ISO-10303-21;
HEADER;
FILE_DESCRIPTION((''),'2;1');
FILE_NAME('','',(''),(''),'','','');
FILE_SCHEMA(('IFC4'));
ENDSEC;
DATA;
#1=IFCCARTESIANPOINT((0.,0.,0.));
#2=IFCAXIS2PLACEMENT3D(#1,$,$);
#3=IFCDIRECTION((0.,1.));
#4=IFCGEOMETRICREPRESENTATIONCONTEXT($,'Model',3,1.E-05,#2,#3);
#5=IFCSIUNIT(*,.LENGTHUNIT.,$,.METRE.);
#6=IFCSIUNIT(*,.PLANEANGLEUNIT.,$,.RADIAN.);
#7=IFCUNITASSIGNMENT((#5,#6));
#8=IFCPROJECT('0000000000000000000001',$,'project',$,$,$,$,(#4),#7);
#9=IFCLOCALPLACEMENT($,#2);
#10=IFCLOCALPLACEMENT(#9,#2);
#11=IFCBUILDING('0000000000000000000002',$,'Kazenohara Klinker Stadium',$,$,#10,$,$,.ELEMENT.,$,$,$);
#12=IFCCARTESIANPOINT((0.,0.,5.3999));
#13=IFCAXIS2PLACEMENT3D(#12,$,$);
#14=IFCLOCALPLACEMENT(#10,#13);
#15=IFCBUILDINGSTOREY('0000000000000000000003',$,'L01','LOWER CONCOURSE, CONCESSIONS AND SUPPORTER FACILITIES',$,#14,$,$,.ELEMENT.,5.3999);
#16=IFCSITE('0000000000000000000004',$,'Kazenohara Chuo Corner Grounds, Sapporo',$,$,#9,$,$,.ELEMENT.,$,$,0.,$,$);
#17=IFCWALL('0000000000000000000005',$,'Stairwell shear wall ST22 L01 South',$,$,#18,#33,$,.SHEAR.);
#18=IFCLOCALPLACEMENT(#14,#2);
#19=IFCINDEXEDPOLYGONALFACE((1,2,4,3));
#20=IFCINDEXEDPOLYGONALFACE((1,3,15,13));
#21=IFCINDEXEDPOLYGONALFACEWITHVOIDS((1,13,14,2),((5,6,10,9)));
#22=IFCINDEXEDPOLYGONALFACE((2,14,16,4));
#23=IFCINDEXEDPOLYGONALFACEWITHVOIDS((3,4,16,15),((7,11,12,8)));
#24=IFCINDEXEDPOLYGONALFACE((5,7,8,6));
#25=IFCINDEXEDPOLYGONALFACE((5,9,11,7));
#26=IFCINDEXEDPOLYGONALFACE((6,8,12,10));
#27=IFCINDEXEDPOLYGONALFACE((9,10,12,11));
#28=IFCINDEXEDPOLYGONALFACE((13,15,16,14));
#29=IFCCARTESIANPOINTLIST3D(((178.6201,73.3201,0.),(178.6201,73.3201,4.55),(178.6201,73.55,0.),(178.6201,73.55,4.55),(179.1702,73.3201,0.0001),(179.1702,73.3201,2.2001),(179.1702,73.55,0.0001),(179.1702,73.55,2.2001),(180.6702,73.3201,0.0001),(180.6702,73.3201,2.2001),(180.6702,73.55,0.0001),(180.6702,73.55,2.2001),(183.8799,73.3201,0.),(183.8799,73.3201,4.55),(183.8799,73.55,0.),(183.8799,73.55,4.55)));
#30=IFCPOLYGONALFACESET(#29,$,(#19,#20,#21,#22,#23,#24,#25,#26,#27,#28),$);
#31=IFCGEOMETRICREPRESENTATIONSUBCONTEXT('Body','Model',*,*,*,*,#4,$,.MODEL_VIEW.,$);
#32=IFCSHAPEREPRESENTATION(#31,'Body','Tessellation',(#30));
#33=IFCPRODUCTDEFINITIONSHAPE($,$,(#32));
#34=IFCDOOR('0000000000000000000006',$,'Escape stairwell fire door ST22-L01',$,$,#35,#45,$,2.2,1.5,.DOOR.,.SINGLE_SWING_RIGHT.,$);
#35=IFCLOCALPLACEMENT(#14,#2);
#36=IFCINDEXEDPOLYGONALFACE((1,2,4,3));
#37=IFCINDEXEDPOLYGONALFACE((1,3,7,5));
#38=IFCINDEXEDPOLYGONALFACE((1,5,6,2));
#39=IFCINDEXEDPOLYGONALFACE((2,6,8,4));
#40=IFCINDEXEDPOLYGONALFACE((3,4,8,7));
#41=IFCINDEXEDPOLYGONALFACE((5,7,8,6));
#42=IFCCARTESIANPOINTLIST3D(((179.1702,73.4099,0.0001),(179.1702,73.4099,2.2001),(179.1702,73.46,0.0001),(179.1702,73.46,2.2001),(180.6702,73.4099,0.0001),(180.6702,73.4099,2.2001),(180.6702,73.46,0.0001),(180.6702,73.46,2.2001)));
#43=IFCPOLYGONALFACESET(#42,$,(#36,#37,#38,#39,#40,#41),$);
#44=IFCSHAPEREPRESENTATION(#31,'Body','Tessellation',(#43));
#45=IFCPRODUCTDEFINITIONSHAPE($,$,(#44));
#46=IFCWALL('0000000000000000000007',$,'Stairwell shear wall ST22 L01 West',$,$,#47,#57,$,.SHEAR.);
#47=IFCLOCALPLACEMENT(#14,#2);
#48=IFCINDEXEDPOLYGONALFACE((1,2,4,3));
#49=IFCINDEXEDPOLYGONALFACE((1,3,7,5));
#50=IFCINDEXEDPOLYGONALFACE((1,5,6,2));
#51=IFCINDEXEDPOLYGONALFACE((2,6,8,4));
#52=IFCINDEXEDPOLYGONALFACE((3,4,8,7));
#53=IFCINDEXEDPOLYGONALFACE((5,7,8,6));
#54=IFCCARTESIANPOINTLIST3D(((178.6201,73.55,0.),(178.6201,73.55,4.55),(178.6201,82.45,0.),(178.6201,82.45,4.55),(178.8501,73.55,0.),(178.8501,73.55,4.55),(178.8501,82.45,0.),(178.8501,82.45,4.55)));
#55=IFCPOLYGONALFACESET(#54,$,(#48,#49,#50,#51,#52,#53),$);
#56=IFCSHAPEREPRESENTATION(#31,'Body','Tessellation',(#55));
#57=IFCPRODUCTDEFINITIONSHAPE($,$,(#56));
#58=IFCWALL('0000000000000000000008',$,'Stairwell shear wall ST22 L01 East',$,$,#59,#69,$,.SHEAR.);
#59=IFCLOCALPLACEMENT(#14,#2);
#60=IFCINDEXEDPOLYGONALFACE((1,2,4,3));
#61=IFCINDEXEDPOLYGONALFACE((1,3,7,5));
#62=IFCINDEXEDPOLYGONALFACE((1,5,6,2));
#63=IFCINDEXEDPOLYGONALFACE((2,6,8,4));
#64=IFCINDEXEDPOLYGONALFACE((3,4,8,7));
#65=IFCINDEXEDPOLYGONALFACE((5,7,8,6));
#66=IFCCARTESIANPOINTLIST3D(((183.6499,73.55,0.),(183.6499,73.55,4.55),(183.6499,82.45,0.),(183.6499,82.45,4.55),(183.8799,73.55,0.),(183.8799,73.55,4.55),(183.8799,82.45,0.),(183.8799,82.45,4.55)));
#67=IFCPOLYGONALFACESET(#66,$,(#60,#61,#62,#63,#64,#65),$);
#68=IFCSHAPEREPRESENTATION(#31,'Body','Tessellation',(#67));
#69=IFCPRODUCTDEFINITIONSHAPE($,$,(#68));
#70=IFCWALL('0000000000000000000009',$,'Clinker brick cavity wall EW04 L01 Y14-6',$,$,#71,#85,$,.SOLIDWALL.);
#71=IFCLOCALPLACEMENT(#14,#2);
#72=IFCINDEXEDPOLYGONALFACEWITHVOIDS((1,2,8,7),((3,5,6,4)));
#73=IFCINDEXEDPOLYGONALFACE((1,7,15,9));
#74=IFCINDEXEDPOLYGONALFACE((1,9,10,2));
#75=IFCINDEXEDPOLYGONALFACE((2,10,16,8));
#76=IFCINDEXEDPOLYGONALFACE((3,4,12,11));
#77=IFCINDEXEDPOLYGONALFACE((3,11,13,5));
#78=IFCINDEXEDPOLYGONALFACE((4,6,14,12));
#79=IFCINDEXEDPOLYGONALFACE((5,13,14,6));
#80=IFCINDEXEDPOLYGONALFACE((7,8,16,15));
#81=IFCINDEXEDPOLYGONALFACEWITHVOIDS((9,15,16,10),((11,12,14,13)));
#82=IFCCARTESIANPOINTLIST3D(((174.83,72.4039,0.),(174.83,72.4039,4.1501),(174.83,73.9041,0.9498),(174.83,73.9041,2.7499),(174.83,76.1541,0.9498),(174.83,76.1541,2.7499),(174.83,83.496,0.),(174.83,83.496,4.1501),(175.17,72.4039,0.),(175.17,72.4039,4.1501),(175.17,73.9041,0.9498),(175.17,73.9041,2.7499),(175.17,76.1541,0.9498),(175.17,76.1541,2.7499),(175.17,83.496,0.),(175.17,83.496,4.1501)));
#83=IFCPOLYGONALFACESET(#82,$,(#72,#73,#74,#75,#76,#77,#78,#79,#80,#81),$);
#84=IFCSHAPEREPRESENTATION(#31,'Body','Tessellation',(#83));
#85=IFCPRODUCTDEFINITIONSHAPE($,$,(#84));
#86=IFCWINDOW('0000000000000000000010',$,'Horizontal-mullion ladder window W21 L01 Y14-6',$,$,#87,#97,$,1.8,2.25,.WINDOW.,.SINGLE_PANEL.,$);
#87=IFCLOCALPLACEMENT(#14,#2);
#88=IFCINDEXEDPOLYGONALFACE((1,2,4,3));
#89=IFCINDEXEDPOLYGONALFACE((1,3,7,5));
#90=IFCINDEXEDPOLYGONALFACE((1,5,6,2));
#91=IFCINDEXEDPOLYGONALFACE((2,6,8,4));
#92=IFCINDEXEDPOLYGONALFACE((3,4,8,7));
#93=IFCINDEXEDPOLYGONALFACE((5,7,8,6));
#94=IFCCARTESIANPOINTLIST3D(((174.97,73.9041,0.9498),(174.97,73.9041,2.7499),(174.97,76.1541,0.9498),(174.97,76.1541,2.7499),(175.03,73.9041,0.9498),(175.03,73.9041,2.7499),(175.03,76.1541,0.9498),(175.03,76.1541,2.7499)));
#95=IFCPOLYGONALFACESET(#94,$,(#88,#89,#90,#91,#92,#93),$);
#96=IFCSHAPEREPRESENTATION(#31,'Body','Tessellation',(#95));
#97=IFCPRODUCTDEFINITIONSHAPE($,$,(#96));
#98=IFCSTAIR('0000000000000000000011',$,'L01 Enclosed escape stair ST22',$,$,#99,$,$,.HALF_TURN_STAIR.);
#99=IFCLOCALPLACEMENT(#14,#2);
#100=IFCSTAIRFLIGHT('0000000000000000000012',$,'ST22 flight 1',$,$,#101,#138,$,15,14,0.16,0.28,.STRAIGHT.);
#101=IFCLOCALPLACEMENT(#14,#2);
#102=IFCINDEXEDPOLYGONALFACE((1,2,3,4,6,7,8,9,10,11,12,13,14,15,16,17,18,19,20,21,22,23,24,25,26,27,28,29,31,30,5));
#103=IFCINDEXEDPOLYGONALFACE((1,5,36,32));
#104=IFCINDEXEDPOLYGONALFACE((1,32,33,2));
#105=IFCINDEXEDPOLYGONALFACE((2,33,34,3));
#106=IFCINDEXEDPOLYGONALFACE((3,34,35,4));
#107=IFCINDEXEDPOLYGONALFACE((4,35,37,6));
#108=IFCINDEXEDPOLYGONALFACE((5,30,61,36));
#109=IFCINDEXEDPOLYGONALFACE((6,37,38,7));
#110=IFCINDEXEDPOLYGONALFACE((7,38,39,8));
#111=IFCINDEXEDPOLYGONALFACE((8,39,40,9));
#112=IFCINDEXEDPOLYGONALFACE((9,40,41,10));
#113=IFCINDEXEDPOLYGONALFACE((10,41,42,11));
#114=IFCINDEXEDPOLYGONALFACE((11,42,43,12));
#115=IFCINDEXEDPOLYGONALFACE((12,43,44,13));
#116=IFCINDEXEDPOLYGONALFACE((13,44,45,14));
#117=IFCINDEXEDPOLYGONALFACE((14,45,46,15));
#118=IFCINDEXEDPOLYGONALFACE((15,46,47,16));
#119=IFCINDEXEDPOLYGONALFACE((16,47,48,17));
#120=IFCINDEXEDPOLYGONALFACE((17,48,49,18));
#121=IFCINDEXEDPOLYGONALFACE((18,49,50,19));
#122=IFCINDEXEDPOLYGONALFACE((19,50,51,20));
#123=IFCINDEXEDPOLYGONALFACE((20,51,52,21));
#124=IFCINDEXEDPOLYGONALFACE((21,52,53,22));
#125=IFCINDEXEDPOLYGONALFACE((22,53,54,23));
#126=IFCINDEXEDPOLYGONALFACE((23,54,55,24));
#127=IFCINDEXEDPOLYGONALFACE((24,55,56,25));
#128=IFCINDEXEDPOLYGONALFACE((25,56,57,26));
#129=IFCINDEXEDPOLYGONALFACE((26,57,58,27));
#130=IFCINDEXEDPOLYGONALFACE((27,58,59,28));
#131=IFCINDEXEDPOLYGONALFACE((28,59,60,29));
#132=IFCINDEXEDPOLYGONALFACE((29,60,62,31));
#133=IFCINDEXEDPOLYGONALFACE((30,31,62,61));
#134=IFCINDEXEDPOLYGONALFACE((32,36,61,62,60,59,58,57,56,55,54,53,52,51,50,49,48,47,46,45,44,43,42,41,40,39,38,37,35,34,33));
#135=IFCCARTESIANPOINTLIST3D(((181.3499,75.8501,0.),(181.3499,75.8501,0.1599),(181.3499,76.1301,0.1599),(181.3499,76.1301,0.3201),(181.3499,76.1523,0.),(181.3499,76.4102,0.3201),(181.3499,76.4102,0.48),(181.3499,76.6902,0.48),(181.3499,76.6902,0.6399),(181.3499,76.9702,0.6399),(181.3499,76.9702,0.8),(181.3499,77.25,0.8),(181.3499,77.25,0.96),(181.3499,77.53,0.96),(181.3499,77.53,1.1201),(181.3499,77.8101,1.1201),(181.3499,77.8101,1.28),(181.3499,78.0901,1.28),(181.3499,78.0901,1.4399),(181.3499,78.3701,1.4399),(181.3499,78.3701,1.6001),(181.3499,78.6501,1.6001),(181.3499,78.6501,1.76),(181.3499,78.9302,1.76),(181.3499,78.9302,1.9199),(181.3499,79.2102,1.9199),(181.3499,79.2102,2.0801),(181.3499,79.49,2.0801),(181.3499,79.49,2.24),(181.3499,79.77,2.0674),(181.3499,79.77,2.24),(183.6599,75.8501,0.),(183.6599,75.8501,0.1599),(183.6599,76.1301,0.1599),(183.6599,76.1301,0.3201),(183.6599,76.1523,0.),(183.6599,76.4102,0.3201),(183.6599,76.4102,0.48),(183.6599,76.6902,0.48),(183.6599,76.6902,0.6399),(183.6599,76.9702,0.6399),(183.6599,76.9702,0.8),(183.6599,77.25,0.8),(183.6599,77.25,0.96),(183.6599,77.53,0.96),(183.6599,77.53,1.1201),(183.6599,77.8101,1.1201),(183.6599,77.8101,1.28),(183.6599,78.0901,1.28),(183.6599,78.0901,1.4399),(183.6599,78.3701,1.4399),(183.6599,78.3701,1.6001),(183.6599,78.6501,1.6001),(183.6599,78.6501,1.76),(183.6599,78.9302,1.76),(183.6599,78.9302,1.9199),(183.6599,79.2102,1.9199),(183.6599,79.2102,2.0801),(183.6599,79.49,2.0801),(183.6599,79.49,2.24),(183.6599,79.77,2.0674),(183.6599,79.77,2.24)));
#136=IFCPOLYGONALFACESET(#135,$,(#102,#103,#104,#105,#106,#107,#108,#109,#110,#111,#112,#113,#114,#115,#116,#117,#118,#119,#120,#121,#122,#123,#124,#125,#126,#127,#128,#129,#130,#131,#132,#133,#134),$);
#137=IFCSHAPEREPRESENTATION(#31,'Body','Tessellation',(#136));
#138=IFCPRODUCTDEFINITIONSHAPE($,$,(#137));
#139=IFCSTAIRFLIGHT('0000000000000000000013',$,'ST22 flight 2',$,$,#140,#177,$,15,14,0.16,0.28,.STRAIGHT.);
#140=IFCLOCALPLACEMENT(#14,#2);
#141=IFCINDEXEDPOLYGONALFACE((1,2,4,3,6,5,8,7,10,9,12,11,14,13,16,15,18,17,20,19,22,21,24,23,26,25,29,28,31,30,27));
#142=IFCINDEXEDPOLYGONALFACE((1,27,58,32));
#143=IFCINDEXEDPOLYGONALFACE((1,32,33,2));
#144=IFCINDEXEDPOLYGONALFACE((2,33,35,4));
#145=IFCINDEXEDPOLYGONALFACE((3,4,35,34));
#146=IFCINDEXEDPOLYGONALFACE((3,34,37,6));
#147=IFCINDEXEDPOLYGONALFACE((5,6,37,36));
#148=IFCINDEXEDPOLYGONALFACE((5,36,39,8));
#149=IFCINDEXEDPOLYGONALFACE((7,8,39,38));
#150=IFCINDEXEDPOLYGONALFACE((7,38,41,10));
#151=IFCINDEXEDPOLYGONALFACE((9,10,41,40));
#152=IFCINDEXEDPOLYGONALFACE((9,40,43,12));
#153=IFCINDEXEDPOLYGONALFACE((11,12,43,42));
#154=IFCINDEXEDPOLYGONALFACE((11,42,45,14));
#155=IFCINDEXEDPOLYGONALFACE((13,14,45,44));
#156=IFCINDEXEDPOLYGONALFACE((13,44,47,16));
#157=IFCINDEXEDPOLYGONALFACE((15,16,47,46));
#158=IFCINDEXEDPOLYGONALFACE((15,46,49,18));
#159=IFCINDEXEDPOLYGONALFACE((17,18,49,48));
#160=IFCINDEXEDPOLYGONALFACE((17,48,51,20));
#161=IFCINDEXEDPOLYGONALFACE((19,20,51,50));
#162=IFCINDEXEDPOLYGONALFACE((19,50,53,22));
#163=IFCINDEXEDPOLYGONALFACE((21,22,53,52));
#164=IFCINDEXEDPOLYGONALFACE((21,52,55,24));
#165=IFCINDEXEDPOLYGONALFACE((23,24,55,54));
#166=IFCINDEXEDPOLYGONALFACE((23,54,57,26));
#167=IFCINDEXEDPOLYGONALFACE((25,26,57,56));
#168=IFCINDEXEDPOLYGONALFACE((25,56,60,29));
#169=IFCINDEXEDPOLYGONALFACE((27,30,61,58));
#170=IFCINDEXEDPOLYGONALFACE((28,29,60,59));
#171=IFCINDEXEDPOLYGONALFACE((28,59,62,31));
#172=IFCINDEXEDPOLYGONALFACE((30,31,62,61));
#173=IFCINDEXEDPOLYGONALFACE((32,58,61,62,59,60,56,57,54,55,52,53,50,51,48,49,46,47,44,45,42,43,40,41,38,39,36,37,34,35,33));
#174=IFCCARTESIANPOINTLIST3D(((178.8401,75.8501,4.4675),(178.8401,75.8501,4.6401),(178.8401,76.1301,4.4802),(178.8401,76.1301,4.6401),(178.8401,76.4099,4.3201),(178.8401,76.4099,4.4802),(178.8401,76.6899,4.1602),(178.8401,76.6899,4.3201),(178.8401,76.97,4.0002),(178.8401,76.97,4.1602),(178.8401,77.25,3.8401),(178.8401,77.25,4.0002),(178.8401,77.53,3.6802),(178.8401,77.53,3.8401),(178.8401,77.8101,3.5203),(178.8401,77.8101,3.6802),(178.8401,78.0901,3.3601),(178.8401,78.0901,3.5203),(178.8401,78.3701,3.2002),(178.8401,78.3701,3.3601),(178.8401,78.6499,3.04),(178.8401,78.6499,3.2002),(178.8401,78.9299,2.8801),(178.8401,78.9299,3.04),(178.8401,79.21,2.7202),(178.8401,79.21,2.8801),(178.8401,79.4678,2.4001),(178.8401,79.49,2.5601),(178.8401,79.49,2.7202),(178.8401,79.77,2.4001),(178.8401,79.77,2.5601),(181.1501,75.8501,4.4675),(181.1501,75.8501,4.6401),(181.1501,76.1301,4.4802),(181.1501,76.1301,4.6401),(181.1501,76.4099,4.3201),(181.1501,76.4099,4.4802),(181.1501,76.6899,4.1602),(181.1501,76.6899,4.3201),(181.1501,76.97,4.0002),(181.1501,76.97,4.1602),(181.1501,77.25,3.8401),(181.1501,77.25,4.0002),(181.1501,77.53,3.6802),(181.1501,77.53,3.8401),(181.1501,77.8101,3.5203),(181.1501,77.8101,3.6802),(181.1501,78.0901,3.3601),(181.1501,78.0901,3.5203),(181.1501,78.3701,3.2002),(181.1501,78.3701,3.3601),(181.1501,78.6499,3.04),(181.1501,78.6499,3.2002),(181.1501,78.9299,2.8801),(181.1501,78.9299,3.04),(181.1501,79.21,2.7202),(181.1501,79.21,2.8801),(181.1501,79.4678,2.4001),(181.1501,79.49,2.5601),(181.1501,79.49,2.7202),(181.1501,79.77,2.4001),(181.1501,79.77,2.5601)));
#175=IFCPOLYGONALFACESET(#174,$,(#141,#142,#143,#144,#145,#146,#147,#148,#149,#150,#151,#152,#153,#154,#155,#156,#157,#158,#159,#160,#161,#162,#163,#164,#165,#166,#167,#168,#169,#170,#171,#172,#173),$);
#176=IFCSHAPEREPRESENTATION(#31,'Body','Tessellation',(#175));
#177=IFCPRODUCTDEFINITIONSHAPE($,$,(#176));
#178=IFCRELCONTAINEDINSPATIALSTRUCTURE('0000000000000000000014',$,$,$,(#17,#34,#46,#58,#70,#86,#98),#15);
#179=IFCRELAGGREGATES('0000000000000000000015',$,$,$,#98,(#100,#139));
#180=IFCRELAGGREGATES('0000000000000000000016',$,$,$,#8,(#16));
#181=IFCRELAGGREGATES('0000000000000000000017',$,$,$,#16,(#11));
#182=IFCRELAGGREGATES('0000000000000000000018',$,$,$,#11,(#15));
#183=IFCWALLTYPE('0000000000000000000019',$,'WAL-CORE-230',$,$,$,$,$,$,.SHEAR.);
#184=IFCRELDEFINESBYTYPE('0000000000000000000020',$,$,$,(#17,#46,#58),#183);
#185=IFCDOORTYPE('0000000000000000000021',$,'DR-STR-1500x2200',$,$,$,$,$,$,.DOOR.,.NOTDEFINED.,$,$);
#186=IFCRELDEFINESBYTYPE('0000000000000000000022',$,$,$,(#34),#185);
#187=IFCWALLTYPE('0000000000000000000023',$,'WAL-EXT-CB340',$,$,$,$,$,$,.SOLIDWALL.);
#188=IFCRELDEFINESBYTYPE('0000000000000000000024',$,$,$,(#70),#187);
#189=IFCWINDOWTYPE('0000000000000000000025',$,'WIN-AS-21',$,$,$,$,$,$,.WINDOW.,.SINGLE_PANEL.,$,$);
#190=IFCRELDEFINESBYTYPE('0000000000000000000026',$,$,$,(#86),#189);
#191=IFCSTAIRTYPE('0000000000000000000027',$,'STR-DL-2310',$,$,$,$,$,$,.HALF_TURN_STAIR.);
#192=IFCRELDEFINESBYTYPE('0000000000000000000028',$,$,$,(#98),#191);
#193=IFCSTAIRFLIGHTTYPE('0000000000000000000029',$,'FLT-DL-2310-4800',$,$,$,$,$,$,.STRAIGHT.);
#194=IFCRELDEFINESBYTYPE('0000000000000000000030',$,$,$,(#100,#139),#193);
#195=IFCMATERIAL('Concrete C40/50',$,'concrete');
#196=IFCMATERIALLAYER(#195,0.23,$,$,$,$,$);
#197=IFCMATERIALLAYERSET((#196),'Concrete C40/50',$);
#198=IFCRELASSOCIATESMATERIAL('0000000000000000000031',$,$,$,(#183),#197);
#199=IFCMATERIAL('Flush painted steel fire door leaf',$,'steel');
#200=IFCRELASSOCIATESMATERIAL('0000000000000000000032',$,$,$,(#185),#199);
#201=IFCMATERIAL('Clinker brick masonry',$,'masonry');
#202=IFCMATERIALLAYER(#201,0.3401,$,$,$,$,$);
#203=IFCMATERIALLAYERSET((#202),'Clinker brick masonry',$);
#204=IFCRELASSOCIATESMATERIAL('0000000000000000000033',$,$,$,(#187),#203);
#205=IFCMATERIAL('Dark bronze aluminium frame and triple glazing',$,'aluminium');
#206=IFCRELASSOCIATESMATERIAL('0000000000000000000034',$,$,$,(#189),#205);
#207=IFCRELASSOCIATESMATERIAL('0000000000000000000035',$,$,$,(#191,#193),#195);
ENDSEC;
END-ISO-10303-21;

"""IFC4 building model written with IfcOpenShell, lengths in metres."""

from ifc_helpers import new_model, si_unit, direction, frame, frame_2d, origin, place, context, subcontext, project, spatial, polyline, rectangle, outline, extrude, material, layer, layer_set, type_object, element, fill, aggregate, save


model = new_model("IFC4")

# Units and contexts
model_context = context("Model", 3, precision=1e-05, world=origin(), true_north=direction((0.0, 1.0)))
body_context = subcontext(model_context, "Body", "Model", "MODEL_VIEW")
ifc_project = project(units=[si_unit("LENGTHUNIT", "METRE"), si_unit("PLANEANGLEUNIT", "RADIAN")], contexts=[model_context])

# Site, building, storey
site_placement = place(None, origin())
site = spatial("IfcSite", under=ifc_project, at=site_placement, Name="Kazenohara Chuo Corner Grounds, Sapporo", CompositionType="ELEMENT", RefElevation=0.0)
building_placement = place(site_placement, origin())
building = spatial("IfcBuilding", under=site, at=building_placement, Name="Kazenohara Klinker Stadium", CompositionType="ELEMENT")
storey_placement = place(building_placement, frame((0.0, 0.0, 5.3999)))
storey = spatial("IfcBuildingStorey", under=building, at=storey_placement, Name="L01", Description="LOWER CONCOURSE, CONCESSIONS AND SUPPORTER FACILITIES", CompositionType="ELEMENT", Elevation=5.3999)

# Shared definitions
ifc_material_1 = material(Name="Concrete C40/50", Category="concrete")

# Wall, opening, door
ifc_layer_1 = layer(ifc_material_1, 0.23)
ifc_layer_set_1 = layer_set([ifc_layer_1], Name="Concrete C40/50")
wall_type_1 = type_object("IfcWallType", Name="WAL-CORE-230", PredefinedType="SHEAR", material=ifc_layer_set_1)
wall_1_placement = place(storey_placement, frame((178.6201, 73.4351, 0.0), z_axis=(0.0, 0.0, 1.0), x_axis=(1.0, 0.0, 0.0)))
wall_1 = element("IfcWall", 1, at=wall_1_placement, inside=storey, type_object=wall_type_1, Name="Stairwell shear wall ST22 L01 South", PredefinedType="SHEAR", context=body_context, shape_type="SweptSolid", body=[
    extrude(rectangle(XDim=5.2598, YDim=0.23, at=frame_2d((2.6299, 0.0))), origin(), (0.0, 0.0, 1.0), 4.55),
])
opening_1_placement = place(wall_1_placement, frame((0.55, 0.0, 0.0)))
opening_1 = element("IfcOpeningElement", 2, at=opening_1_placement, cuts=wall_1, PredefinedType="OPENING", context=body_context, shape_type="SweptSolid", body=[
    extrude(rectangle(XDim=1.5, YDim=2.2, at=frame_2d((0.75, 1.1001))), frame((0.0, 0.125, 0.0), z_axis=(0.0, -1.0, 0.0), x_axis=(1.0, 0.0, 0.0)), (0.0, 0.0, 1.0), 0.25),
])
ifc_material_2 = material(Name="Flush painted steel fire door leaf", Category="steel")
door_type = type_object("IfcDoorType", Name="DR-STR-1500x2200", OperationType="NOTDEFINED", PredefinedType="DOOR", material=ifc_material_2)
door_placement = place(opening_1_placement, origin())
door = element("IfcDoor", 3, at=door_placement, inside=storey, type_object=door_type, Name="Escape stairwell fire door ST22-L01", OperationType="SINGLE_SWING_RIGHT", OverallHeight=2.2, OverallWidth=1.5, PredefinedType="DOOR", context=body_context, shape_type="SweptSolid", body=[
    extrude(rectangle(XDim=1.5, YDim=2.2, at=frame_2d((0.75, 1.1001))), frame((0.0, 0.0249, 0.0), z_axis=(0.0, -1.0, 0.0), x_axis=(1.0, 0.0, 0.0)), (0.0, 0.0, 1.0), 0.05),
])
fill(opening_1, door)

# Walls
for number, where, z_axis, x_axis, name in (
    (4, (178.7351, 73.55, 0.0), (0.0, 0.0, 1.0), (0.0, 1.0, 0.0), "Stairwell shear wall ST22 L01 West"),
    (5, (183.7649, 73.55, 0.0), (0.0, 0.0, 1.0), (0.0, 1.0, 0.0), "Stairwell shear wall ST22 L01 East"),
):
    element("IfcWall", number, at=place(storey_placement, frame(where, z_axis=z_axis, x_axis=x_axis)), inside=storey, type_object=wall_type_1, Name=name, PredefinedType="SHEAR", context=body_context, shape_type="SweptSolid", body=[
        extrude(rectangle(XDim=8.8999, YDim=0.23, at=frame_2d((4.45, 0.0))), origin(), (0.0, 0.0, 1.0), 4.55),
    ])

# Wall, opening, window
ifc_material_3 = material(Name="Clinker brick masonry", Category="masonry")
ifc_layer_2 = layer(ifc_material_3, 0.3401)
ifc_layer_set_2 = layer_set([ifc_layer_2], Name="Clinker brick masonry")
wall_type_2 = type_object("IfcWallType", Name="WAL-EXT-CB340", PredefinedType="SOLIDWALL", material=ifc_layer_set_2)
wall_2_placement = place(storey_placement, frame((175.0, 72.4041, 0.0), z_axis=(0.0, 0.0, 1.0), x_axis=(0.0, 1.0, 0.0)))
wall_2 = element("IfcWall", 6, at=wall_2_placement, inside=storey, type_object=wall_type_2, Name="Clinker brick cavity wall EW04 L01 Y14-6", PredefinedType="SOLIDWALL", context=body_context, shape_type="SweptSolid", body=[
    extrude(rectangle(XDim=11.092, YDim=0.3401, at=frame_2d((5.5459, 0.0))), origin(), (0.0, 0.0, 1.0), 4.1501),
])
opening_2_placement = place(wall_2_placement, frame((1.5, 0.0, 0.95)))
opening_2 = element("IfcOpeningElement", 7, at=opening_2_placement, cuts=wall_2, PredefinedType="OPENING", context=body_context, shape_type="SweptSolid", body=[
    extrude(rectangle(XDim=2.25, YDim=1.8, at=frame_2d((1.125, 0.8999))), frame((0.0, 0.1802, 0.0), z_axis=(0.0, -1.0, 0.0), x_axis=(1.0, 0.0, 0.0)), (0.0, 0.0, 1.0), 0.3601),
])
ifc_material_4 = material(Name="Dark bronze aluminium frame and triple glazing", Category="aluminium")
window_type = type_object("IfcWindowType", Name="WIN-AS-21", PartitioningType="SINGLE_PANEL", PredefinedType="WINDOW", material=ifc_material_4)
window_placement = place(opening_2_placement, origin())
window = element("IfcWindow", 8, at=window_placement, inside=storey, type_object=window_type, Name="Horizontal-mullion ladder window W21 L01 Y14-6", OverallHeight=1.8, OverallWidth=2.25, PartitioningType="SINGLE_PANEL", PredefinedType="WINDOW", context=body_context, shape_type="SweptSolid", body=[
    extrude(rectangle(XDim=2.25, YDim=1.8, at=frame_2d((1.125, 0.8999))), frame((0.0, 0.03, 0.0), z_axis=(0.0, -1.0, 0.0), x_axis=(1.0, 0.0, 0.0)), (0.0, 0.0, 1.0), 0.0601),
])
fill(opening_2, window)

# Stair, stair flights
stair_type = type_object("IfcStairType", Name="STR-DL-2310", PredefinedType="HALF_TURN_STAIR", material=ifc_material_1)
stair_placement = place(storey_placement, origin())
stair = element("IfcStair", 9, at=stair_placement, inside=storey, type_object=stair_type, Name="L01 Enclosed escape stair ST22", PredefinedType="HALF_TURN_STAIR")
stair_flight_type = type_object("IfcStairFlightType", Name="FLT-DL-2310-4800", PredefinedType="STRAIGHT", material=ifc_material_1)
stair_flight_1_placement = place(storey_placement, frame((182.5049, 75.8501, 0.0), z_axis=(0.0, 0.0, 1.0), x_axis=(0.0, 1.0, 0.0)))
stair_flight_1 = element("IfcStairFlight", 10, at=stair_flight_1_placement, type_object=stair_flight_type, Name="ST22 flight 1", NumberOfRisers=15, NumberOfTreads=14, PredefinedType="STRAIGHT", RiserHeight=0.16, TreadLength=0.28, context=body_context, shape_type="SweptSolid", body=[
    extrude(outline(polyline([(0.0, 0.0), (0.0, 0.1599), (0.28, 0.1599), (0.28, 0.3201), (0.5601, 0.3201), (0.5601, 0.48), (0.8401, 0.48), (0.8401, 0.6399), (1.1201, 0.6399), (1.1201, 0.8), (1.3999, 0.8), (1.3999, 0.96), (1.6799, 0.96), (1.6799, 1.1201), (1.96, 1.1201), (1.96, 1.28), (2.24, 1.28), (2.24, 1.4399), (2.52, 1.4399), (2.52, 1.6001), (2.8, 1.6001), (2.8, 1.76), (3.0801, 1.76), (3.0801, 1.9199), (3.3601, 1.9199), (3.3601, 2.0801), (3.6399, 2.0801), (3.6399, 2.24), (3.9199, 2.24), (3.9199, 2.3999), (3.9199, 2.0674), (0.3022, 0.0), (0.0, 0.0)])), frame((0.0, 1.155, 0.0), z_axis=(0.0, -1.0, 0.0), x_axis=(1.0, 0.0, 0.0)), (0.0, 0.0, 1.0), 2.3101),
])
stair_flight_2_placement = place(storey_placement, frame((179.9951, 79.77, 2.4001), z_axis=(0.0, 0.0, 1.0), x_axis=(0.0, -1.0, 0.0)))
stair_flight_2 = element("IfcStairFlight", 11, at=stair_flight_2_placement, type_object=stair_flight_type, Name="ST22 flight 2", NumberOfRisers=15, NumberOfTreads=14, PredefinedType="STRAIGHT", RiserHeight=0.16, TreadLength=0.28, context=body_context, shape_type="SweptSolid", body=[
    extrude(outline(polyline([(0.0, 0.0), (0.0, 0.1599), (0.28, 0.1599), (0.28, 0.3201), (0.5601, 0.3201), (0.5601, 0.48), (0.8401, 0.48), (0.8401, 0.6399), (1.1201, 0.6399), (1.1201, 0.8), (1.3999, 0.8), (1.3999, 0.96), (1.6799, 0.96), (1.6799, 1.1201), (1.96, 1.1201), (1.96, 1.28), (2.24, 1.28), (2.24, 1.4399), (2.52, 1.4399), (2.52, 1.6001), (2.8, 1.6001), (2.8, 1.76), (3.0801, 1.76), (3.0801, 1.9199), (3.3601, 1.9199), (3.3601, 2.0801), (3.6399, 2.0801), (3.6399, 2.24), (3.9199, 2.24), (3.9199, 2.3999), (3.9199, 2.0674), (0.3022, 0.0), (0.0, 0.0)])), frame((0.0, 1.155, 0.0), z_axis=(0.0, -1.0, 0.0), x_axis=(1.0, 0.0, 0.0)), (0.0, 0.0, 1.0), 2.3101),
])
aggregate(stair, [stair_flight_1, stair_flight_2])

save(model, "model.ifc")
